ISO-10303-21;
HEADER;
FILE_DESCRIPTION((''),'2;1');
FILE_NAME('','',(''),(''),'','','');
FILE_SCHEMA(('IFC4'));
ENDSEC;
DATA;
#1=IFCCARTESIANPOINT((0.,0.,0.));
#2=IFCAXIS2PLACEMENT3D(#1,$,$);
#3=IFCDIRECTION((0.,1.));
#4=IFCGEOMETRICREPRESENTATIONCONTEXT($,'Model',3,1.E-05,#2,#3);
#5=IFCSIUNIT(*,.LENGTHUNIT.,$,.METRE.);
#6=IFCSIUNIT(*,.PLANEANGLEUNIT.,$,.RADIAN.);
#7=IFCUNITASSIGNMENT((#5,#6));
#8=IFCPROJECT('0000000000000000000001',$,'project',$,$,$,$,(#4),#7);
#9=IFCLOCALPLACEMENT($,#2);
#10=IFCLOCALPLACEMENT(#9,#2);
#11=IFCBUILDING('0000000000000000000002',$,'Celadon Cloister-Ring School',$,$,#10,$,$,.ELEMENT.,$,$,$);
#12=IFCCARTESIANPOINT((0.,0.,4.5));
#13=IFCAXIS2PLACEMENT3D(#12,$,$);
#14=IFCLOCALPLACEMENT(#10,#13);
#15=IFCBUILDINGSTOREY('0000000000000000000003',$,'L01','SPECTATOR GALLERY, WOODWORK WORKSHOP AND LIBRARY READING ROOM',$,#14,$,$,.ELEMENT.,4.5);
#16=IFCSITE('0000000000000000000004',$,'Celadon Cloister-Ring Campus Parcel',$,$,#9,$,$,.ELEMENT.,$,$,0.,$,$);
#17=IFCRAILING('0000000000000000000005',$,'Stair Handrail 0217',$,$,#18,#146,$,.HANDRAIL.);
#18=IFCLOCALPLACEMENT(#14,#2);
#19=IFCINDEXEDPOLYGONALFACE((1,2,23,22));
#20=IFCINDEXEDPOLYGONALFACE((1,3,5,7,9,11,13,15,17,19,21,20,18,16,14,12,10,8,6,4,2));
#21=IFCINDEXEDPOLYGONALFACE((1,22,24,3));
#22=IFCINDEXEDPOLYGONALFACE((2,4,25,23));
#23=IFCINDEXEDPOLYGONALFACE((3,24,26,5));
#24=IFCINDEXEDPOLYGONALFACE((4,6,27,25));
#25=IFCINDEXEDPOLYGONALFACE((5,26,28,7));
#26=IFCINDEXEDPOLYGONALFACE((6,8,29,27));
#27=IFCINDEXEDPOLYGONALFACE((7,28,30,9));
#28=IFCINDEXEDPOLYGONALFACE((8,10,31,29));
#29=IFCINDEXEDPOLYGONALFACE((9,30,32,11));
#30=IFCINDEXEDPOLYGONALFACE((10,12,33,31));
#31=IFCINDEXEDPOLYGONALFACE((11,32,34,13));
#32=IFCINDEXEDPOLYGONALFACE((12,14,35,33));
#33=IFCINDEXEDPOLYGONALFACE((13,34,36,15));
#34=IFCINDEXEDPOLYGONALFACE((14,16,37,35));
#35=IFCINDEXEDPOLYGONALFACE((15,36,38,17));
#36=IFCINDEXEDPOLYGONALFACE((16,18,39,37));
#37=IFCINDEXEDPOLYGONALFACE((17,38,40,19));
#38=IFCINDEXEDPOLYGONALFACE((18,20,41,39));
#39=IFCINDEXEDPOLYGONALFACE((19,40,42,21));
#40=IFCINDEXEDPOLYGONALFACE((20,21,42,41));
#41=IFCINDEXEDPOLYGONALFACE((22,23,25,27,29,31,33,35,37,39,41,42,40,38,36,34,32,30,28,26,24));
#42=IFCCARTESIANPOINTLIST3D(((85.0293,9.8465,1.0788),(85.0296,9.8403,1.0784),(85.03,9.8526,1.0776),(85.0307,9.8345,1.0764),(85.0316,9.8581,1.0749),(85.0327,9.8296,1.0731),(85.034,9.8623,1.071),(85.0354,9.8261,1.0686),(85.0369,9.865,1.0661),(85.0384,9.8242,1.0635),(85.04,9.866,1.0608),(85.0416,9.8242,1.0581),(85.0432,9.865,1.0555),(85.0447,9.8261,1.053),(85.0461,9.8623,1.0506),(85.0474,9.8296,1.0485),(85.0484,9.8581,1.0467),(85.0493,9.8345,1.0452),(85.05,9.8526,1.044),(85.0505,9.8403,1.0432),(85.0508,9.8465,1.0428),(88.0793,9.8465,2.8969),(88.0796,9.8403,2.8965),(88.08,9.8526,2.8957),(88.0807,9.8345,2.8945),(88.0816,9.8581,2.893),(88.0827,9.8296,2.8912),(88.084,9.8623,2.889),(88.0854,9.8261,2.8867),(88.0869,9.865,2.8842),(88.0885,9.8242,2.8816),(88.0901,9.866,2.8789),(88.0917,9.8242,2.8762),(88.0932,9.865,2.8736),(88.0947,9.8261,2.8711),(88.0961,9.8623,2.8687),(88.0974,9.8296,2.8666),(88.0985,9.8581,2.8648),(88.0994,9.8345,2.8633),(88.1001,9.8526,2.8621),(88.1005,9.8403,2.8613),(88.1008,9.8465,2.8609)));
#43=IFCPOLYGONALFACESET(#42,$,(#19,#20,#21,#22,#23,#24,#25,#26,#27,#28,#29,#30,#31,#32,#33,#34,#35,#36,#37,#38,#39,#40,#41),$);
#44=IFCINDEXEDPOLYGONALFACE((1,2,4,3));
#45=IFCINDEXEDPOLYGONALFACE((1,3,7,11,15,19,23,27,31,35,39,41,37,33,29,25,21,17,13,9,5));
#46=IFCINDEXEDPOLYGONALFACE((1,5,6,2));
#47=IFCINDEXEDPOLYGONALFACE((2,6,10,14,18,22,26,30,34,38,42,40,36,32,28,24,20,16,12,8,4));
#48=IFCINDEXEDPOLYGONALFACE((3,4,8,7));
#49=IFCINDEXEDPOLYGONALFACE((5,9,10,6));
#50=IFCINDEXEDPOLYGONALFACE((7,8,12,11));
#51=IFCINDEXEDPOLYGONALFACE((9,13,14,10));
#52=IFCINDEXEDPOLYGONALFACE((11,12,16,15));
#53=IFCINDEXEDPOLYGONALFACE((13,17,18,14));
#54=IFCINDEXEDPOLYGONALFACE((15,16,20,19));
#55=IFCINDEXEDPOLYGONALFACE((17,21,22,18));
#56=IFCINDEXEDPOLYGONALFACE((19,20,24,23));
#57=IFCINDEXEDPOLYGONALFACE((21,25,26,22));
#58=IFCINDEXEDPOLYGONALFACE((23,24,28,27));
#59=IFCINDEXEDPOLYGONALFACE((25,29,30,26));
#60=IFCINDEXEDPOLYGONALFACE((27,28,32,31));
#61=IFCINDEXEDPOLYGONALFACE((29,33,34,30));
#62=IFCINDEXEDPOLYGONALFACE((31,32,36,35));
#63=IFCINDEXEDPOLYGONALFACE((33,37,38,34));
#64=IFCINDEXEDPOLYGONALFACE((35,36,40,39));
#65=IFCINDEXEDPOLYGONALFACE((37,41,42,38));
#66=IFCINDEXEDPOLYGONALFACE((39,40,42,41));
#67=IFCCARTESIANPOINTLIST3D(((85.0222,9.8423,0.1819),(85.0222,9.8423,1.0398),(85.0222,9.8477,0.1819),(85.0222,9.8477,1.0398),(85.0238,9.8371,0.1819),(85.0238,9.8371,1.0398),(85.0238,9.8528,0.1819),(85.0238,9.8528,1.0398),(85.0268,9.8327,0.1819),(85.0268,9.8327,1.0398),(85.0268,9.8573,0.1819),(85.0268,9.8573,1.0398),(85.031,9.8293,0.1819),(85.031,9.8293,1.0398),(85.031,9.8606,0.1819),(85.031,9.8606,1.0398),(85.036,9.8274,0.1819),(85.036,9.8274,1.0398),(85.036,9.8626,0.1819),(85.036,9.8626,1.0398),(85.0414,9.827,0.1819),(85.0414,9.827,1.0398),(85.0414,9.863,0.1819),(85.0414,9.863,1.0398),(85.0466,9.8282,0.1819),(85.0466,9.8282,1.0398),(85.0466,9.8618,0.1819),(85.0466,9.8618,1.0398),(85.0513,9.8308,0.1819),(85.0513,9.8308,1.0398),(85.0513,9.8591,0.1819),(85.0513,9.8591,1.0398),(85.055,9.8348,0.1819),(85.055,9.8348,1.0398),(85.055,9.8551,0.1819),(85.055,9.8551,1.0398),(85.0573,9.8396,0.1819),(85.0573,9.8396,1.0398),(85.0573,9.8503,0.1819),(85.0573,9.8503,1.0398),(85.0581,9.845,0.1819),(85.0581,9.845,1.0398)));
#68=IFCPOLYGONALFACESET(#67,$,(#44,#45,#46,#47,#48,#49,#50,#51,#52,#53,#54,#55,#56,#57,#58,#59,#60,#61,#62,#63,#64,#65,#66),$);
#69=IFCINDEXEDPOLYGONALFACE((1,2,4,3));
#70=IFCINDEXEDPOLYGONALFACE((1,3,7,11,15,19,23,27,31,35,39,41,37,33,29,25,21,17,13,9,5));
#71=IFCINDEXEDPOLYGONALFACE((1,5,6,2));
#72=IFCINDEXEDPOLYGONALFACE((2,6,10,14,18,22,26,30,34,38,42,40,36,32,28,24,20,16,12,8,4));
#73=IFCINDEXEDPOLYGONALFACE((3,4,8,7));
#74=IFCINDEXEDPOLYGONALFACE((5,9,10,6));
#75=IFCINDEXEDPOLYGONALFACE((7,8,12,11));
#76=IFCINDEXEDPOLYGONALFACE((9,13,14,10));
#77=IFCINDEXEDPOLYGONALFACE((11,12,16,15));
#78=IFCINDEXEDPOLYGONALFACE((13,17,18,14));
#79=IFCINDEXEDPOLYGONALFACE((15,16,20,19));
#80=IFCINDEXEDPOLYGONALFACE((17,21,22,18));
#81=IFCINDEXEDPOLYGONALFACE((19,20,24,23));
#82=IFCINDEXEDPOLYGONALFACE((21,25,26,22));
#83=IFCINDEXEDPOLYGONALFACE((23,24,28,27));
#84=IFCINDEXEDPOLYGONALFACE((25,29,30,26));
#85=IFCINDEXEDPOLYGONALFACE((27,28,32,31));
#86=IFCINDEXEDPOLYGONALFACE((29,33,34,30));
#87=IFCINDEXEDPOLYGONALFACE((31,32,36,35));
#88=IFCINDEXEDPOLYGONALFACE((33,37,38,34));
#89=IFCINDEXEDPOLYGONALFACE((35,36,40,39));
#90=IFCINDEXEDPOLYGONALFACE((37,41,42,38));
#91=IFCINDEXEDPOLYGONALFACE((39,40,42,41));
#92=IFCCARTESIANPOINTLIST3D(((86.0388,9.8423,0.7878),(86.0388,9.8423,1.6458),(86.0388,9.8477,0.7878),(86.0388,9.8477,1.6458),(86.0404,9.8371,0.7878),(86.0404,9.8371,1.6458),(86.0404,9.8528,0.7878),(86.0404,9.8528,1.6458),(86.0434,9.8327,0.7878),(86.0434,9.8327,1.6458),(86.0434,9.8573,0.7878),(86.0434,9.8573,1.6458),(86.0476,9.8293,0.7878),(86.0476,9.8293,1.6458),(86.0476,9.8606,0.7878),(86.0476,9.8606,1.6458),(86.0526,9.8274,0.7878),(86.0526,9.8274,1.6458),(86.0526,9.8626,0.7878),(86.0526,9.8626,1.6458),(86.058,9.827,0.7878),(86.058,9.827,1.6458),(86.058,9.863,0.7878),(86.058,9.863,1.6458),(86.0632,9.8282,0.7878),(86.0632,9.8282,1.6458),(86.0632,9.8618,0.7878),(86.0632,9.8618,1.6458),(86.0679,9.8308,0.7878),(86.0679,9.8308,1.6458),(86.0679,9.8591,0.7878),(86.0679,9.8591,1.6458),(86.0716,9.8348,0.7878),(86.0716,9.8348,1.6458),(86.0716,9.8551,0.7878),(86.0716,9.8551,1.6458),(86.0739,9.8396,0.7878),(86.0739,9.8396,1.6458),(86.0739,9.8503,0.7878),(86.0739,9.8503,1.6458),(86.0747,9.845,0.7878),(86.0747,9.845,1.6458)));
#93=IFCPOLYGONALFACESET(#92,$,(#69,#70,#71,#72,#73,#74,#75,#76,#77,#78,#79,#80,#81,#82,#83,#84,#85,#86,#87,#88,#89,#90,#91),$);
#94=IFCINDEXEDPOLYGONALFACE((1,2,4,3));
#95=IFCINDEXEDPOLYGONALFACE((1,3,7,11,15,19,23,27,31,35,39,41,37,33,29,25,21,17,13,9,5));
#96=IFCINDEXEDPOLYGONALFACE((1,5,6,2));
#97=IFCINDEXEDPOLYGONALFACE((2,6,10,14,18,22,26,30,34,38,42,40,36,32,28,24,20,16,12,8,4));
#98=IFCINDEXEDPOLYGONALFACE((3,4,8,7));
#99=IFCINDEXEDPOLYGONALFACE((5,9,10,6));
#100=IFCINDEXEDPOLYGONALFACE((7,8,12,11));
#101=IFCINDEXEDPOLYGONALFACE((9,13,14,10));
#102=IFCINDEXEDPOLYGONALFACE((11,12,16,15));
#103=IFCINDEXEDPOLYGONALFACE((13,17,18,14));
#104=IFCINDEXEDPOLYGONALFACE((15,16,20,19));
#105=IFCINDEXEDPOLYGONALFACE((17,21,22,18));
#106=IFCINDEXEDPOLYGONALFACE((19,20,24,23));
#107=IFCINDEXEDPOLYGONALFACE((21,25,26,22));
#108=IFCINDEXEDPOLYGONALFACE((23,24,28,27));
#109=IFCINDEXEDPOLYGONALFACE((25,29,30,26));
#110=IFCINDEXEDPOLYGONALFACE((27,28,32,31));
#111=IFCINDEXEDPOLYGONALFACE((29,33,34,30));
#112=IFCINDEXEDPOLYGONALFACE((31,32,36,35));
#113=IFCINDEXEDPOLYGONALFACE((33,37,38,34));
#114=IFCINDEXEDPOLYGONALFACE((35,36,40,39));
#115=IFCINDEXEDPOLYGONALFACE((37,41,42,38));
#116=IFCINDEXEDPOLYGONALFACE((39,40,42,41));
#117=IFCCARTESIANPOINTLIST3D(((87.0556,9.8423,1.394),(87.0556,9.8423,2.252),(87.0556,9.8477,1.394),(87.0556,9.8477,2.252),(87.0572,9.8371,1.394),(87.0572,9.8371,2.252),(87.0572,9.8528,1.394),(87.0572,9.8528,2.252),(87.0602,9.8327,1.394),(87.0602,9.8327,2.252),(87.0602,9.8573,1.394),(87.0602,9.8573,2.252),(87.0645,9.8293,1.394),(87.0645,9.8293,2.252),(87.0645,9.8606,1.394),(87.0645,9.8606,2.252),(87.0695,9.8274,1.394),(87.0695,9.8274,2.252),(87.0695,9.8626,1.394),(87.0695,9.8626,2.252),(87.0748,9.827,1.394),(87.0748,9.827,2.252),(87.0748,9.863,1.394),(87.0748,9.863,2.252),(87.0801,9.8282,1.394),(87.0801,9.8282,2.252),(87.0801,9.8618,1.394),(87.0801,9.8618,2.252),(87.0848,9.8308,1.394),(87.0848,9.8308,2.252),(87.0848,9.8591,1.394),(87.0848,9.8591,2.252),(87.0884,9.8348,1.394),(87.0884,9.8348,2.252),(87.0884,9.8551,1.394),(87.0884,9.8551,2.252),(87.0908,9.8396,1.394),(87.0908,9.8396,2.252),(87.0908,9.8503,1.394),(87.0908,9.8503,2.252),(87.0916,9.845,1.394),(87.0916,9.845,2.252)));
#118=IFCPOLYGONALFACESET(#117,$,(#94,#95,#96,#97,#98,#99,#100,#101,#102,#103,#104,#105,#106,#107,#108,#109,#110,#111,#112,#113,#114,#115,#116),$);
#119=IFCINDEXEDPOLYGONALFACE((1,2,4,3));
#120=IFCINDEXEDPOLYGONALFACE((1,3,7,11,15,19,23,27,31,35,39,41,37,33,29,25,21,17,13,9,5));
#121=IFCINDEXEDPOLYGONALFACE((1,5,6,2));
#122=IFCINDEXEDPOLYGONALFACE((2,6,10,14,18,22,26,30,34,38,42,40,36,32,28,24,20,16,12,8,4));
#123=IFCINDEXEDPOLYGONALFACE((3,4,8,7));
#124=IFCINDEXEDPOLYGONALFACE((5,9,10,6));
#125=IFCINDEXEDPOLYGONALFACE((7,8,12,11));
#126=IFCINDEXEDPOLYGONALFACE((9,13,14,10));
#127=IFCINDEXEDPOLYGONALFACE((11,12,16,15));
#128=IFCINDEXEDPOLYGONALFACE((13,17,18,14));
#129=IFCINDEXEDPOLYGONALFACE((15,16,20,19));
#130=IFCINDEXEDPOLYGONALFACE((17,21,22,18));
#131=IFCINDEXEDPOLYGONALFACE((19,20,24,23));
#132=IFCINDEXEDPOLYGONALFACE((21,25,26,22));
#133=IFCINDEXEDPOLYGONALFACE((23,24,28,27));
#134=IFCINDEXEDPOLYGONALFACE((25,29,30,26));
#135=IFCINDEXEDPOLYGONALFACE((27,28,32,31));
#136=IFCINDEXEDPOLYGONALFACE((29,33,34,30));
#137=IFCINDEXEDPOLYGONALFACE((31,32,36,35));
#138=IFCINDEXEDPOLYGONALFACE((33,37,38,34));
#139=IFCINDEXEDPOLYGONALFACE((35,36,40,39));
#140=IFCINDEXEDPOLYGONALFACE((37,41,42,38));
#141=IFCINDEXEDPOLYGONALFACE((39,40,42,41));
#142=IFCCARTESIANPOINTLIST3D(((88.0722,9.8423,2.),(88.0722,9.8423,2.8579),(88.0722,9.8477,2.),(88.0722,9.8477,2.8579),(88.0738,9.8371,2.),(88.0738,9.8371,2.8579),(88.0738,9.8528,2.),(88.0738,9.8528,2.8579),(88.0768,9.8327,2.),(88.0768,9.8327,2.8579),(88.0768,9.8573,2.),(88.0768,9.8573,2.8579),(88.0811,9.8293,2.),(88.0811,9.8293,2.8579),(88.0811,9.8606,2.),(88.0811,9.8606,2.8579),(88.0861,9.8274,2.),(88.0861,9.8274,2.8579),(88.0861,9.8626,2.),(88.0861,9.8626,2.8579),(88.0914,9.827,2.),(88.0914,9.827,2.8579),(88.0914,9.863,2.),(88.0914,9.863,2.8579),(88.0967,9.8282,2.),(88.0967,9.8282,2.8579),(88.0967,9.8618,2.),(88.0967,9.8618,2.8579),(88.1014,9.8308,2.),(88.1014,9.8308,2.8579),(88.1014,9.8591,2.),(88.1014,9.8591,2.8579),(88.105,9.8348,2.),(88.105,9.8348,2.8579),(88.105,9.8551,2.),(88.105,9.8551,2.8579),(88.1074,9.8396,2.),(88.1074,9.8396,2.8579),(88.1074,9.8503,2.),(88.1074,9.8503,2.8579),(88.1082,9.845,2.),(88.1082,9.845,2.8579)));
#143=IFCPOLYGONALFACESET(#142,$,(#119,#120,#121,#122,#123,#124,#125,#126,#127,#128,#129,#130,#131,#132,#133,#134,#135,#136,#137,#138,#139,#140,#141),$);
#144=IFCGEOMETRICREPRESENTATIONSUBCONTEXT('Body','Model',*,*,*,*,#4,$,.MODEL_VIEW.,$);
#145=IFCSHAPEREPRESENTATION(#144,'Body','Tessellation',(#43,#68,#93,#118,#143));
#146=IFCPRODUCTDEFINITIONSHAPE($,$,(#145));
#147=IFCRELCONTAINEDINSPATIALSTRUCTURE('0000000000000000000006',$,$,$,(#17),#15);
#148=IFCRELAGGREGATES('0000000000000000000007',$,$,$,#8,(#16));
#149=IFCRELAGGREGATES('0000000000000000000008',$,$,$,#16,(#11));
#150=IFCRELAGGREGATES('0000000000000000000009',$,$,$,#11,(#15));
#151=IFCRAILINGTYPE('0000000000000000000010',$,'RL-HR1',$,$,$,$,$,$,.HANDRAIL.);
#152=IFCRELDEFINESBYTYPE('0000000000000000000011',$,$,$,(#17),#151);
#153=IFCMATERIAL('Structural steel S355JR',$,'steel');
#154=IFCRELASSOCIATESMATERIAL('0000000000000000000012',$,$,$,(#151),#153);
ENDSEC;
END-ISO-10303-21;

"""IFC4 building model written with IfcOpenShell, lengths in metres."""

from ifc_helpers import new_model, si_unit, direction, frame, origin, origin_2d, place, context, subcontext, project, spatial, circle, extrude, material, type_object, element, save


model = new_model("IFC4")

# Units and contexts
model_context = context("Model", 3, precision=1e-05, world=origin(), true_north=direction((0.0, 1.0)))
body_context = subcontext(model_context, "Body", "Model", "MODEL_VIEW")
ifc_project = project(units=[si_unit("LENGTHUNIT", "METRE"), si_unit("PLANEANGLEUNIT", "RADIAN")], contexts=[model_context])

# Site, building, storey
site_placement = place(None, origin())
site = spatial("IfcSite", under=ifc_project, at=site_placement, Name="Celadon Cloister-Ring Campus Parcel", CompositionType="ELEMENT", RefElevation=0.0)
building_placement = place(site_placement, origin())
building = spatial("IfcBuilding", under=site, at=building_placement, Name="Celadon Cloister-Ring School", CompositionType="ELEMENT")
storey_placement = place(building_placement, frame((0.0, 0.0, 4.5)))
storey = spatial("IfcBuildingStorey", under=building, at=storey_placement, Name="L01", Description="SPECTATOR GALLERY, WOODWORK WORKSHOP AND LIBRARY READING ROOM", CompositionType="ELEMENT", Elevation=4.5)

# Railing
ifc_material_1 = material(Name="Structural steel S355JR", Category="steel")
railing_type_1 = type_object("IfcRailingType", Name="RL-HR1", PredefinedType="HANDRAIL", material=ifc_material_1)
for number, where, name in (
    (1, (85.04, 9.845, 0.1819), "Stair Handrail 0217"),
):
    element("IfcRailing", number, at=place(storey_placement, frame(where)), inside=storey, type_object=railing_type_1, Name=name, PredefinedType="HANDRAIL", context=body_context, shape_type="SweptSolid", body=[
        extrude(circle(Radius=0.021, at=origin_2d()), frame((0.0, 0.0, 0.8789), z_axis=(0.85897, 0.0, 0.512026), x_axis=(0.0, 1.0, 0.0)), (0.0, 0.0, 1.0), 3.5508),
        extrude(circle(Radius=0.0181, at=origin_2d()), origin(), (0.0, 0.0, 1.0), 0.8579),
        extrude(circle(Radius=0.0181, at=origin_2d()), frame((1.0166, 0.0, 0.606)), (0.0, 0.0, 1.0), 0.8579),
        extrude(circle(Radius=0.0181, at=origin_2d()), frame((2.0334, 0.0, 1.2122)), (0.0, 0.0, 1.0), 0.8579),
        extrude(circle(Radius=0.0181, at=origin_2d()), frame((3.05, 0.0, 1.8181)), (0.0, 0.0, 1.0), 0.8579),
    ])

save(model, "model.ifc")
